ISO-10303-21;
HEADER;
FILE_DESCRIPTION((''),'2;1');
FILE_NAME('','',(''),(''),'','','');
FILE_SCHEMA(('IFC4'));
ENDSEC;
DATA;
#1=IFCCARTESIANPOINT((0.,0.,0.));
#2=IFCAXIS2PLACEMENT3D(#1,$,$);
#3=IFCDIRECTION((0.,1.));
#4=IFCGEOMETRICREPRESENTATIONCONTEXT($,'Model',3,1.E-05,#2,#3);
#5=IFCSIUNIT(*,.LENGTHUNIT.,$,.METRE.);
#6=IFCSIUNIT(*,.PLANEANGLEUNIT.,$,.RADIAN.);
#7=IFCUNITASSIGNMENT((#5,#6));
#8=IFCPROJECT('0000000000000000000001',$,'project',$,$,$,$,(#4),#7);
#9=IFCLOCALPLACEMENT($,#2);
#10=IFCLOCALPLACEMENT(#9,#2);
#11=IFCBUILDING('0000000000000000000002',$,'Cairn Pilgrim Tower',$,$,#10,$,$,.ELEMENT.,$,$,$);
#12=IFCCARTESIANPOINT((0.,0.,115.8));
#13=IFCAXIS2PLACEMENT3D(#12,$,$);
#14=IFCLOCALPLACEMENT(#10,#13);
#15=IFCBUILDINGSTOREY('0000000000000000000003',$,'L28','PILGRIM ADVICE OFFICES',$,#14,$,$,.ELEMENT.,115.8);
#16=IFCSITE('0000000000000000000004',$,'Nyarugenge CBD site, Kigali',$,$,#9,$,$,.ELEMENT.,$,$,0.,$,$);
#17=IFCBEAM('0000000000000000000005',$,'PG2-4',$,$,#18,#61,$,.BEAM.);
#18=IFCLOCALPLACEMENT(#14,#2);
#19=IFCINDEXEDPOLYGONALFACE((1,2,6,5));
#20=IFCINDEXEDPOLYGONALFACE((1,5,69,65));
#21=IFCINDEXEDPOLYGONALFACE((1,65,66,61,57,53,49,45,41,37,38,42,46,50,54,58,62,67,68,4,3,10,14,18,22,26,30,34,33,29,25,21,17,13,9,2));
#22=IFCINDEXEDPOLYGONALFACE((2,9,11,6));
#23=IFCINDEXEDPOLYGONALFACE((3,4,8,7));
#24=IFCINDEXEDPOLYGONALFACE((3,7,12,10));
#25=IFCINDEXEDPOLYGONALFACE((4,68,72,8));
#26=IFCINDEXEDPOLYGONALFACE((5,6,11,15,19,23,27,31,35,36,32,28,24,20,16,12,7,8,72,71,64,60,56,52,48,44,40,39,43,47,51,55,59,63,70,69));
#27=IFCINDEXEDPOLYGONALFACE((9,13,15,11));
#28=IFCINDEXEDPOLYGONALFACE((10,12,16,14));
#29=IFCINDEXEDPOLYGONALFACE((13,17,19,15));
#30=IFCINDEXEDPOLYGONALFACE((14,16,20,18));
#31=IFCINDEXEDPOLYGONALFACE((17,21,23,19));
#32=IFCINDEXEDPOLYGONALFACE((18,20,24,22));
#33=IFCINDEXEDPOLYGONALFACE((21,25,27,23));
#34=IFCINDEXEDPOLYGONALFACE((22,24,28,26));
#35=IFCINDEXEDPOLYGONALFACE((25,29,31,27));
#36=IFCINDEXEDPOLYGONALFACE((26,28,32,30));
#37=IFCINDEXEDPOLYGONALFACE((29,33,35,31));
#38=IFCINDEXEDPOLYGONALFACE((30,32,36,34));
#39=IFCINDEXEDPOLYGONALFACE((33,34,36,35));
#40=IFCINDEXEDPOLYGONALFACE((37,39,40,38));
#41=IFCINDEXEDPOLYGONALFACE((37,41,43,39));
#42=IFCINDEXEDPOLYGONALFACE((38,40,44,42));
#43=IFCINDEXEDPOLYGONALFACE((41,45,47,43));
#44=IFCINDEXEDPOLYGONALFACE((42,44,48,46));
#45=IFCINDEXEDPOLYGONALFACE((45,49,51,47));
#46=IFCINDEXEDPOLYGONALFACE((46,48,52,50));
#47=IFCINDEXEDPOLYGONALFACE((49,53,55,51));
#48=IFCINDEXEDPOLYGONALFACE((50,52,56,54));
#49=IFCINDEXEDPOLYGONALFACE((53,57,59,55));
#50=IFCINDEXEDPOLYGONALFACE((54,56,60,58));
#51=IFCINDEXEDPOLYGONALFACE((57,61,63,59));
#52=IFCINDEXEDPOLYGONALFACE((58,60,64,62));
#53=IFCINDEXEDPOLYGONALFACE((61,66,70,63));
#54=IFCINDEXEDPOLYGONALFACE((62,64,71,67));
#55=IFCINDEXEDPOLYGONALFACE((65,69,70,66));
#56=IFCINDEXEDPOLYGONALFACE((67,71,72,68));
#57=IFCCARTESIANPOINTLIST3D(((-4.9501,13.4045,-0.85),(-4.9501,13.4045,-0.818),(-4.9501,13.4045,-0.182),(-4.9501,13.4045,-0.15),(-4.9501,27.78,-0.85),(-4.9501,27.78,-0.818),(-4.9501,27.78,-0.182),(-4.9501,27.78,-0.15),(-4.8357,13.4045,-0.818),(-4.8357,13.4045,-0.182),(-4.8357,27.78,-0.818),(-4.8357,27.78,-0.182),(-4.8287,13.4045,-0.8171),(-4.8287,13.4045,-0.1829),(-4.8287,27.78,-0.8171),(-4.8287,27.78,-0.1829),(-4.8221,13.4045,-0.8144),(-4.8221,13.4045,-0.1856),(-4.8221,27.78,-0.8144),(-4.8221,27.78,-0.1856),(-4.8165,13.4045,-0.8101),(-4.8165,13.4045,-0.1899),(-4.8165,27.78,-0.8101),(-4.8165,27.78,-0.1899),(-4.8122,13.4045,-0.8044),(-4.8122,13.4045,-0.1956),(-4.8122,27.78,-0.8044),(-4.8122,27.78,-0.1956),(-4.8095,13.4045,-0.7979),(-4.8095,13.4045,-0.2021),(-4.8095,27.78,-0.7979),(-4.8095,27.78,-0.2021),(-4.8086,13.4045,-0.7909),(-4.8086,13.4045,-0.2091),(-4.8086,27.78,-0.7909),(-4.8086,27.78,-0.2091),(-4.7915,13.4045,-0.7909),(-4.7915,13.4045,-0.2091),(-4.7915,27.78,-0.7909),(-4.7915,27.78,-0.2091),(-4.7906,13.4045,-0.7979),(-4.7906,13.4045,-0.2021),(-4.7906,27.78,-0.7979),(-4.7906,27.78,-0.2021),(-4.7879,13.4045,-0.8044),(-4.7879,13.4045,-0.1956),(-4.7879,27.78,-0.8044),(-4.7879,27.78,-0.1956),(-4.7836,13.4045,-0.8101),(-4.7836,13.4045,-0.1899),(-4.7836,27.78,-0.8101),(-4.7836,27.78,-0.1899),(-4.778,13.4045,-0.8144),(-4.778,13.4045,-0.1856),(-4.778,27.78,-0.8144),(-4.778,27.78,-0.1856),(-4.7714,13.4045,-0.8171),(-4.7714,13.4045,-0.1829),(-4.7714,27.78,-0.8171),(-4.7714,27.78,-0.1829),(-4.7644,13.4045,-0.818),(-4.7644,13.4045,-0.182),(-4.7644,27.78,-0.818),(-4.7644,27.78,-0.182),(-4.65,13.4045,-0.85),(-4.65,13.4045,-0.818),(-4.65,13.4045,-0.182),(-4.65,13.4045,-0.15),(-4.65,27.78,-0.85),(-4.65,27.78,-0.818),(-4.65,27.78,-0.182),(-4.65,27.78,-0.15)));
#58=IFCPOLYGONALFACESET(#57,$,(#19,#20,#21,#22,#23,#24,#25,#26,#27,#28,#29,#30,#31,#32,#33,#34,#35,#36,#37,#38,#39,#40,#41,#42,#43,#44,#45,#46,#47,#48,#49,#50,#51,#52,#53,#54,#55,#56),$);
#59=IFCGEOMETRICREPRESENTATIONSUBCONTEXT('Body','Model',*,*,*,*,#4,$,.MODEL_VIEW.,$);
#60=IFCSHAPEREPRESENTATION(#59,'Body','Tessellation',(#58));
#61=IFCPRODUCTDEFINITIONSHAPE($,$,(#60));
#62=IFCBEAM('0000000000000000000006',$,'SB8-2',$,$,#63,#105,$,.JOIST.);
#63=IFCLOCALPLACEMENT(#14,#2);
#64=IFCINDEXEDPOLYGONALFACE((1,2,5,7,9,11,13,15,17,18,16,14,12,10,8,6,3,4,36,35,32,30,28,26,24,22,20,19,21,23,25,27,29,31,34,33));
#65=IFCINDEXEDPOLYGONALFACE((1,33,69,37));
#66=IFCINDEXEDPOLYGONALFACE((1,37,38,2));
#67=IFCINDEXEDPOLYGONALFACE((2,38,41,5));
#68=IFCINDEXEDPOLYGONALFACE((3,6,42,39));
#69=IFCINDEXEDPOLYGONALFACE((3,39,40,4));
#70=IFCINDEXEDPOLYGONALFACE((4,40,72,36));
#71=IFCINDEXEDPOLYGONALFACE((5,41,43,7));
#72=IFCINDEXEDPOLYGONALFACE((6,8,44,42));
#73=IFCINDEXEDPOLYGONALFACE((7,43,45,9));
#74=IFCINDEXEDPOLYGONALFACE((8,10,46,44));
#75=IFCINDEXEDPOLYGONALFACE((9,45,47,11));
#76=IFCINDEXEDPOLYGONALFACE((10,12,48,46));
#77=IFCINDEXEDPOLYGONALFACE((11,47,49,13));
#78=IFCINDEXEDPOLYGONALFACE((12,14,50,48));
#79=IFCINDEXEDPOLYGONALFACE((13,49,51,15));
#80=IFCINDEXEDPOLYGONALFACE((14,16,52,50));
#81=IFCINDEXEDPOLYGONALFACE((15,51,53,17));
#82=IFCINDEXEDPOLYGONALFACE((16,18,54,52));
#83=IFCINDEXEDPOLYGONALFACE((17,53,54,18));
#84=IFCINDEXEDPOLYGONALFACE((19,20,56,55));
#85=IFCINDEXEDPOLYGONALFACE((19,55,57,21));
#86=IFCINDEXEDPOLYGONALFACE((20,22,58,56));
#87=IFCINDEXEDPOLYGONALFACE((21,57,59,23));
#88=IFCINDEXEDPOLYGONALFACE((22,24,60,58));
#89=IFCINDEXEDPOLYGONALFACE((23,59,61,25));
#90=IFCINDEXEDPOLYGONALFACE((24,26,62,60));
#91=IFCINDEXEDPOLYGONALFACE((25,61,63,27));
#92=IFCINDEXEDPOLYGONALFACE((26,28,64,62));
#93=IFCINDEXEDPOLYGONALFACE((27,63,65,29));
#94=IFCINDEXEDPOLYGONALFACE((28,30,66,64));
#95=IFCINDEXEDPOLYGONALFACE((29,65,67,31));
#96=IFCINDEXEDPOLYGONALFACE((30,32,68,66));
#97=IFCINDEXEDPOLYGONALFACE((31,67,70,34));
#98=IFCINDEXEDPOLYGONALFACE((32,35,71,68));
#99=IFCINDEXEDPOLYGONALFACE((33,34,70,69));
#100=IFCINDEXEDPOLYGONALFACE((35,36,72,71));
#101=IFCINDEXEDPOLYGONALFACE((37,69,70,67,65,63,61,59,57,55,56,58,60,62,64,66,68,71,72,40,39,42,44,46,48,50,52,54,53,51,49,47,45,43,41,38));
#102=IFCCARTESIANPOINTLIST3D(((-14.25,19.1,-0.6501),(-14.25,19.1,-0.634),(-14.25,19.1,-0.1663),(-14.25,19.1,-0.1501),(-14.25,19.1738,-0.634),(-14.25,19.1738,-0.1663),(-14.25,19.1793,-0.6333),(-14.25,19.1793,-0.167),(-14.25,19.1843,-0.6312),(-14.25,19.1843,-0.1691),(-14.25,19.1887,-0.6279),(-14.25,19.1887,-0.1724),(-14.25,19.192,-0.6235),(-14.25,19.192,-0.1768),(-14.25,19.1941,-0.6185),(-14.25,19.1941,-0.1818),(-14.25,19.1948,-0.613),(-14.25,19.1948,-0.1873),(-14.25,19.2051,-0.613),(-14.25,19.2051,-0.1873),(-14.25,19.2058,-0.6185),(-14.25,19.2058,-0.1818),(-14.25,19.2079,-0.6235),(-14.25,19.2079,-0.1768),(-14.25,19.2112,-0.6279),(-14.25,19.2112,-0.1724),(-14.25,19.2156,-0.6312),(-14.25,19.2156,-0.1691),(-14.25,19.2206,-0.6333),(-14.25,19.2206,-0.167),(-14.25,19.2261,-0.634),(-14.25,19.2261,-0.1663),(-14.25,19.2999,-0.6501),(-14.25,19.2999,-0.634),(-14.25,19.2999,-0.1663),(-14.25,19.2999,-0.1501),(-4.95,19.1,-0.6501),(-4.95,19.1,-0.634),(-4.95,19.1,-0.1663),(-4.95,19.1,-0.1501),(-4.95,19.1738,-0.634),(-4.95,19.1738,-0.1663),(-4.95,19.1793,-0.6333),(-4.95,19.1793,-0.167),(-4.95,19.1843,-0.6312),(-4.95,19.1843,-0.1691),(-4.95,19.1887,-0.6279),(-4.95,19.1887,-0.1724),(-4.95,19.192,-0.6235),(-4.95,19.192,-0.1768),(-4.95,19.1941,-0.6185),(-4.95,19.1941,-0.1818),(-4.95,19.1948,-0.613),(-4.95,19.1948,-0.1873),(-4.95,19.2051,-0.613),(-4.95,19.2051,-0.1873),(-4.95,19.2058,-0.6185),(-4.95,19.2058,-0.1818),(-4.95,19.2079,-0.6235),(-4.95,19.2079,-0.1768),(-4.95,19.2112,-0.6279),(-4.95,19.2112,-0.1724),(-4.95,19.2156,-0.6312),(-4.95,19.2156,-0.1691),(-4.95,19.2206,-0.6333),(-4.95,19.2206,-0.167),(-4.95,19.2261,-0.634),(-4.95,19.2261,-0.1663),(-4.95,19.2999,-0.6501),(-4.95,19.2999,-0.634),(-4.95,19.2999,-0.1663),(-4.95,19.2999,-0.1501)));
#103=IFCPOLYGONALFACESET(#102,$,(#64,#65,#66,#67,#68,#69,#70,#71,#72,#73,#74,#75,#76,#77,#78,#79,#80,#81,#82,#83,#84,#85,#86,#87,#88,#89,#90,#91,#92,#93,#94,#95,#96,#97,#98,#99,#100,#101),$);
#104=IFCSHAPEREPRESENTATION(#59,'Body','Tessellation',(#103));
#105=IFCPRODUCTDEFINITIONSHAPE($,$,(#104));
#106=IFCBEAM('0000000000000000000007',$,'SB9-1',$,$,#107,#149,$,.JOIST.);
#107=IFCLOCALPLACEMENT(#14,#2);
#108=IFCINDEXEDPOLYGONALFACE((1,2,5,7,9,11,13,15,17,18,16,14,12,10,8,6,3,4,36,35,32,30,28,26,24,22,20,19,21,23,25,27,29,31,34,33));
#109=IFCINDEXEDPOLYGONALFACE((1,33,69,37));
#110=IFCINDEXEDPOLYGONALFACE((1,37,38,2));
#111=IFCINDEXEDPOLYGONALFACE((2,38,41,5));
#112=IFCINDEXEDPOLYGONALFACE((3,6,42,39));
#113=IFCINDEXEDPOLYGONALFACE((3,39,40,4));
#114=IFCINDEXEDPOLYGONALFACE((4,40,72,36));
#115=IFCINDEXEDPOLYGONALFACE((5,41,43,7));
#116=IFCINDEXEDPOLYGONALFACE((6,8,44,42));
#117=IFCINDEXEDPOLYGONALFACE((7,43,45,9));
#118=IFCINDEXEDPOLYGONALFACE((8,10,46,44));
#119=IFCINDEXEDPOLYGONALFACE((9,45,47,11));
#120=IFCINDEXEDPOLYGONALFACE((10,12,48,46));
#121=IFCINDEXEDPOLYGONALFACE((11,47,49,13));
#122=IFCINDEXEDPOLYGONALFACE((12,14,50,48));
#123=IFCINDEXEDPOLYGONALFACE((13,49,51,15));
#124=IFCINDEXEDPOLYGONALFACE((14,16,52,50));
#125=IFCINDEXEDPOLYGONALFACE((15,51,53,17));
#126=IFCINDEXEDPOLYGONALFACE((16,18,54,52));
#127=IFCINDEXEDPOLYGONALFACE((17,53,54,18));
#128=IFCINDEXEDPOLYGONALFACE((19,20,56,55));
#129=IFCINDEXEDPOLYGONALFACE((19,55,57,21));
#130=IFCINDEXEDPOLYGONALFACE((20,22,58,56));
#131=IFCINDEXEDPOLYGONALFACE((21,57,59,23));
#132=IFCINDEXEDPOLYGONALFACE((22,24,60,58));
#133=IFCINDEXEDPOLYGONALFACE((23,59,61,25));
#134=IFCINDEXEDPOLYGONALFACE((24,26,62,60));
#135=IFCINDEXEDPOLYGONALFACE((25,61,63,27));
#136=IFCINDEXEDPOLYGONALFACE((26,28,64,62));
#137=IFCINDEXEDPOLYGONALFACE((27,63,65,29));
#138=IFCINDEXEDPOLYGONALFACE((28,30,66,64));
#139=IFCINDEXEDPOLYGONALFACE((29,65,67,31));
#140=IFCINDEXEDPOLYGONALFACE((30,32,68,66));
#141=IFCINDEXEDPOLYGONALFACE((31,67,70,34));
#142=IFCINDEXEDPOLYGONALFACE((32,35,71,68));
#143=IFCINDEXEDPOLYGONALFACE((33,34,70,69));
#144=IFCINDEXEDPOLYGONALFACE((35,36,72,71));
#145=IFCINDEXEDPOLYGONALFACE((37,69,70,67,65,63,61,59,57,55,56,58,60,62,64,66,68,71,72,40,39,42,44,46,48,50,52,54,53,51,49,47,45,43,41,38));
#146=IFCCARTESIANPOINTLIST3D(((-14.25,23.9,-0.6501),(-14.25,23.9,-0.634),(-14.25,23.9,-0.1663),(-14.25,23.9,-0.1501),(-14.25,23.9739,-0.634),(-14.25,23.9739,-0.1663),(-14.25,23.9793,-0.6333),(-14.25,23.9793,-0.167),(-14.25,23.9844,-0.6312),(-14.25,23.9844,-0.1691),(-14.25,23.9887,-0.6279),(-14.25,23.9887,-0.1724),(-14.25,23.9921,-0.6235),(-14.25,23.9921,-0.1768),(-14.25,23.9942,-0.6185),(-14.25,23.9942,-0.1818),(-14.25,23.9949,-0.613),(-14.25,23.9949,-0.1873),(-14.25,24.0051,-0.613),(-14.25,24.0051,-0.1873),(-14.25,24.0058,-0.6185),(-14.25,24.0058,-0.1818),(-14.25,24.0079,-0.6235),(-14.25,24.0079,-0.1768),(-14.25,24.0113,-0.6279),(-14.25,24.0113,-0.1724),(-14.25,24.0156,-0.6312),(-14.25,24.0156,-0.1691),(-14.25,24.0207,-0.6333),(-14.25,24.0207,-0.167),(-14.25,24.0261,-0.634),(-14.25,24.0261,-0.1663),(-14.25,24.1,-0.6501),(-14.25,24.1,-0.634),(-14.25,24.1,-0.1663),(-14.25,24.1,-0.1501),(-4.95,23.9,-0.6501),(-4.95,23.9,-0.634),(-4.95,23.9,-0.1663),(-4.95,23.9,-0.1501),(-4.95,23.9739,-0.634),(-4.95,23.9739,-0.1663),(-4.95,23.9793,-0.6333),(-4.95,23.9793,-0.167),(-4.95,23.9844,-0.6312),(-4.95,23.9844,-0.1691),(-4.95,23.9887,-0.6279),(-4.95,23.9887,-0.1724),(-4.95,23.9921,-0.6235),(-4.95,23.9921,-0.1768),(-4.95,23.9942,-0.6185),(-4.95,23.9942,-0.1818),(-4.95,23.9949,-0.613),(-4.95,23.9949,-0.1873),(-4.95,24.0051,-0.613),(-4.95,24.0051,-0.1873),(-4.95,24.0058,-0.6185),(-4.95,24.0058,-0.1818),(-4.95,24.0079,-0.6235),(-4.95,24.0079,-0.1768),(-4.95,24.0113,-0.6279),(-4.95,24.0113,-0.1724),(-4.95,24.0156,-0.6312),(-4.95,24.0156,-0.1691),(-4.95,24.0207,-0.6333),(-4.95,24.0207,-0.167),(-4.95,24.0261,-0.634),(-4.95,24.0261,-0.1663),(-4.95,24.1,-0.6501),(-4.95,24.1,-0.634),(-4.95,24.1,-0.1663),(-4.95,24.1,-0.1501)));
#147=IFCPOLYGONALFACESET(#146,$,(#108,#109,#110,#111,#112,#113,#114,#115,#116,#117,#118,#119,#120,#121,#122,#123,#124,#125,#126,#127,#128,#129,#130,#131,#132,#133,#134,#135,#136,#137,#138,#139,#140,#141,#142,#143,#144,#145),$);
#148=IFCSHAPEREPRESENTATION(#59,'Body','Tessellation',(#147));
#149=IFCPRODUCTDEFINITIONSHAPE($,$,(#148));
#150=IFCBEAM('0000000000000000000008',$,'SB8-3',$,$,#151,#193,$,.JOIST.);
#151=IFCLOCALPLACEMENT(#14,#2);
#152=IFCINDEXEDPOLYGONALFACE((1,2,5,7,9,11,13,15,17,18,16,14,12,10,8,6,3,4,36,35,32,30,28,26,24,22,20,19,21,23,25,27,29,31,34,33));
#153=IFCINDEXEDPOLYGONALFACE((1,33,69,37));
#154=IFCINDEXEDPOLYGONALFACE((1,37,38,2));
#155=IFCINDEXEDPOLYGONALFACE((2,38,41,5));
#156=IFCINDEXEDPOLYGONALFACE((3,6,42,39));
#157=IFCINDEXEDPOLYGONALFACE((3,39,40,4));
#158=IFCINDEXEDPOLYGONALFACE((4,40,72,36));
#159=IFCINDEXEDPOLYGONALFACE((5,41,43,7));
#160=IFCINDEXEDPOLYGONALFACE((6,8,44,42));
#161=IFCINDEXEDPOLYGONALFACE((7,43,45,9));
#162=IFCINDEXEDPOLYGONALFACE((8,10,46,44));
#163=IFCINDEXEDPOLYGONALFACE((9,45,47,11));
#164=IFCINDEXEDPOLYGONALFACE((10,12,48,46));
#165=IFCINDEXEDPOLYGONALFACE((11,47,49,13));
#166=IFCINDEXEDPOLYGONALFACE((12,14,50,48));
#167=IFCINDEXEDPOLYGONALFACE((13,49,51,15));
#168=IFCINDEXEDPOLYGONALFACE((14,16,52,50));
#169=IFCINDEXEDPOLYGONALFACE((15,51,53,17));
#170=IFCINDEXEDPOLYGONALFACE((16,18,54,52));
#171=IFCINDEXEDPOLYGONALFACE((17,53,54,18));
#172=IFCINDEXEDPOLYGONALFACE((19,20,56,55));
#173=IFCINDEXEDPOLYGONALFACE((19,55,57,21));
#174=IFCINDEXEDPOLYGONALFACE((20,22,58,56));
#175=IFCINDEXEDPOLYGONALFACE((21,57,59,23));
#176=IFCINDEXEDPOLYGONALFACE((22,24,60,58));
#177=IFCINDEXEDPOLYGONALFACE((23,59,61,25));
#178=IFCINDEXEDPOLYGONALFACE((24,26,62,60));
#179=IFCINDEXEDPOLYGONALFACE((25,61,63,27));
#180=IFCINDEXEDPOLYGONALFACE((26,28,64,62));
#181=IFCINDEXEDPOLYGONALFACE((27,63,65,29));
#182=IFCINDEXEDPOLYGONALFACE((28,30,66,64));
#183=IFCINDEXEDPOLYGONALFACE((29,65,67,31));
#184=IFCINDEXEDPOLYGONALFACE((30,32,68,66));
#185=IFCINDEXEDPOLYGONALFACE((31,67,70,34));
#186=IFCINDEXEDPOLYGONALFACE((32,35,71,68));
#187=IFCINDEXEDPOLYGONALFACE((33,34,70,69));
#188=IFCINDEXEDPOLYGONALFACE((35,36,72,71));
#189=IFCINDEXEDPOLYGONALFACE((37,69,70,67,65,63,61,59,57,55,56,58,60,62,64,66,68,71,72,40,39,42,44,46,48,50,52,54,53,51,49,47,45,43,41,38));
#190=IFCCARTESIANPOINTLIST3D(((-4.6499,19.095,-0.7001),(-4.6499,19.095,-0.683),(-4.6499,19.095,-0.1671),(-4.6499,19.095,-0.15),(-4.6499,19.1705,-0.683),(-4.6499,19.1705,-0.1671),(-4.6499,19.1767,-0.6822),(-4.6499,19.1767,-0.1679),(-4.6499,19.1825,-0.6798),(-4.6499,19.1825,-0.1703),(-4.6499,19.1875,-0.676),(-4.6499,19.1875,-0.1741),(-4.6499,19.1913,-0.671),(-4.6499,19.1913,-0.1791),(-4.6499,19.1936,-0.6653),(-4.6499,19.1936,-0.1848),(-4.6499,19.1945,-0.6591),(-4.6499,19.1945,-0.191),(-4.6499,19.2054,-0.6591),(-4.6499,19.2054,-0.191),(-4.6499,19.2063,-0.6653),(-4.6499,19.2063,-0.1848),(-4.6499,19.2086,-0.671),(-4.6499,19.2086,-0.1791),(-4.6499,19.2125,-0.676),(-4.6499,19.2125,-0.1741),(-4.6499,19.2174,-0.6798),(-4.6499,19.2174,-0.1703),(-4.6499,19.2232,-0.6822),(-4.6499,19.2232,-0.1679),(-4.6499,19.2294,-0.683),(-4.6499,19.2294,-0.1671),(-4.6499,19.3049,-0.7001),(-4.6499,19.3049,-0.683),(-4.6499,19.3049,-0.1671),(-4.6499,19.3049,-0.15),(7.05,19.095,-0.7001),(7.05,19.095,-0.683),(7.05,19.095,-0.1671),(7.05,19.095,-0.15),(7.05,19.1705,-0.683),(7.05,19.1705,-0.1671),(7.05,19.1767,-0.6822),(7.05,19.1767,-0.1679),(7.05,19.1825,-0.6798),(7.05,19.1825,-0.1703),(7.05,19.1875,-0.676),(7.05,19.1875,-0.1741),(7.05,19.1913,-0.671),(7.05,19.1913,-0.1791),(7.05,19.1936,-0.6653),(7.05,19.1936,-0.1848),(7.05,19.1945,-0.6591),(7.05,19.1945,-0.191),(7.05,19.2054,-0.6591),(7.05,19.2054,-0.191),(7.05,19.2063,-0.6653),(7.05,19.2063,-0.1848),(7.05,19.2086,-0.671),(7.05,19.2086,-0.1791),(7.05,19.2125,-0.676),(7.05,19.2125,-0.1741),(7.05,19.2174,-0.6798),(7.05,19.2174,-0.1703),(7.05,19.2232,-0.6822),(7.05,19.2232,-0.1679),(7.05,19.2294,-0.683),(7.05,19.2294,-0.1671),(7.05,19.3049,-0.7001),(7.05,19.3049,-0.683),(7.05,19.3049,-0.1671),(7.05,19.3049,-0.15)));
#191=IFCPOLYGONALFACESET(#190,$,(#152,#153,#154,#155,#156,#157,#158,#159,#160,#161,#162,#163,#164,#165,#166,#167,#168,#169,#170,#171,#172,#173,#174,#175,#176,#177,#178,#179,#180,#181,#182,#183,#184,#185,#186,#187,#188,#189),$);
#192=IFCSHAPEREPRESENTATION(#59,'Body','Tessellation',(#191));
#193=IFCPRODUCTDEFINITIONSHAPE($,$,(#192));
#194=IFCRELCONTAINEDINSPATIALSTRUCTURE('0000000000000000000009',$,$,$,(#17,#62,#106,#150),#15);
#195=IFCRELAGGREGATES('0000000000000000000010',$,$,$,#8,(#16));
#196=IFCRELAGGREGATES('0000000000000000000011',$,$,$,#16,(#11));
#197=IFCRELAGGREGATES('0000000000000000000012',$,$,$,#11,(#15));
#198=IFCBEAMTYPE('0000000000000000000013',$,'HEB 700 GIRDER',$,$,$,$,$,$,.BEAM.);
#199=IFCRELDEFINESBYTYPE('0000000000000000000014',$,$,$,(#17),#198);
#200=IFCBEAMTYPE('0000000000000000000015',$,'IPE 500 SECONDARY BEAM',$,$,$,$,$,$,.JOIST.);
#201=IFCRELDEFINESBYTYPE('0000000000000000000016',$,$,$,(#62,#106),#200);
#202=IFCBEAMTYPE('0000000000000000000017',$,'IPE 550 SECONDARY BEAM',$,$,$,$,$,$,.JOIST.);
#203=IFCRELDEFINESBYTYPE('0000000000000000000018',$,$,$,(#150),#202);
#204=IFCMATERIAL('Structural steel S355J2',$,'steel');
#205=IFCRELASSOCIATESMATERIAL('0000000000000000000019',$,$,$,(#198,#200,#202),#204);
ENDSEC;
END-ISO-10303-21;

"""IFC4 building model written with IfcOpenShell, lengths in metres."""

from ifc_helpers import new_model, si_unit, direction, frame, origin, origin_2d, place, context, subcontext, project, spatial, i_section, extrude, material, material_profile, profile_set, type_object, element, save


model = new_model("IFC4")

# Units and contexts
model_context = context("Model", 3, precision=1e-05, world=origin(), true_north=direction((0.0, 1.0)))
body_context = subcontext(model_context, "Body", "Model", "MODEL_VIEW")
ifc_project = project(units=[si_unit("LENGTHUNIT", "METRE"), si_unit("PLANEANGLEUNIT", "RADIAN")], contexts=[model_context])

# Site, building, storey
site_placement = place(None, origin())
site = spatial("IfcSite", under=ifc_project, at=site_placement, Name="Nyarugenge CBD site, Kigali", CompositionType="ELEMENT", RefElevation=0.0)
building_placement = place(site_placement, origin())
building = spatial("IfcBuilding", under=site, at=building_placement, Name="Cairn Pilgrim Tower", CompositionType="ELEMENT")
storey_placement = place(building_placement, frame((0.0, 0.0, 115.8)))
storey = spatial("IfcBuildingStorey", under=building, at=storey_placement, Name="L28", Description="PILGRIM ADVICE OFFICES", CompositionType="ELEMENT", Elevation=115.8)

# Shared definitions
ifc_material_1 = material(Name="Structural steel S355J2", Category="steel")

# Beams
ifc_material_profile_1 = material_profile(ifc_material_1, i_section(OverallWidth=0.3, OverallDepth=0.7, WebThickness=0.0171, FlangeThickness=0.032, FilletRadius=0.0271, at=origin_2d()), Name="HEB 700")
ifc_profile_set_1 = profile_set([ifc_material_profile_1], Name="Structural steel S355J2")
beam_type_1 = type_object("IfcBeamType", Name="HEB 700 GIRDER", PredefinedType="BEAM", material=ifc_profile_set_1)
beam_1_placement = place(storey_placement, frame((-4.8, 13.4045, -0.5), z_axis=(0.0, 1.0, 0.0), x_axis=(-1.0, 0.0, 0.0)))
element("IfcBeam", 1, at=beam_1_placement, inside=storey, type_object=beam_type_1, Name="PG2-4", PredefinedType="BEAM", context=body_context, shape_type="SweptSolid", body=[
    extrude(i_section(OverallWidth=0.3, OverallDepth=0.7, WebThickness=0.0171, FlangeThickness=0.032, FilletRadius=0.0271, at=origin_2d()), origin(), (0.0, 0.0, 1.0), 14.3755),
])
ifc_material_profile_2 = material_profile(ifc_material_1, i_section(OverallWidth=0.2, OverallDepth=0.5, WebThickness=0.0103, FlangeThickness=0.0161, FilletRadius=0.021, at=origin_2d()), Name="IPE 500")
ifc_profile_set_2 = profile_set([ifc_material_profile_2], Name="Structural steel S355J2")
beam_type_2 = type_object("IfcBeamType", Name="IPE 500 SECONDARY BEAM", PredefinedType="JOIST", material=ifc_profile_set_2)
for number, where, z_axis, x_axis, name in (
    (2, (-14.25, 19.2, -0.4001), (1.0, 0.0, 0.0), (0.0, 1.0, 0.0), "SB8-2"),
    (3, (-14.25, 24.0, -0.4001), (1.0, 0.0, 0.0), (0.0, 1.0, 0.0), "SB9-1"),
):
    element("IfcBeam", number, at=place(storey_placement, frame(where, z_axis=z_axis, x_axis=x_axis)), inside=storey, type_object=beam_type_2, Name=name, PredefinedType="JOIST", context=body_context, shape_type="SweptSolid", body=[
        extrude(i_section(OverallWidth=0.2, OverallDepth=0.5, WebThickness=0.0103, FlangeThickness=0.0161, FilletRadius=0.021, at=origin_2d()), origin(), (0.0, 0.0, 1.0), 9.3),
    ])
ifc_material_profile_3 = material_profile(ifc_material_1, i_section(OverallWidth=0.21, OverallDepth=0.55, WebThickness=0.011, FlangeThickness=0.0171, FilletRadius=0.0239, at=origin_2d()), Name="IPE 550")
ifc_profile_set_3 = profile_set([ifc_material_profile_3], Name="Structural steel S355J2")
beam_type_3 = type_object("IfcBeamType", Name="IPE 550 SECONDARY BEAM", PredefinedType="JOIST", material=ifc_profile_set_3)
for number, where, z_axis, x_axis, name in (
    (4, (-4.6499, 19.2, -0.425), (1.0, 0.0, 0.0), (0.0, 1.0, 0.0), "SB8-3"),
):
    element("IfcBeam", number, at=place(storey_placement, frame(where, z_axis=z_axis, x_axis=x_axis)), inside=storey, type_object=beam_type_3, Name=name, PredefinedType="JOIST", context=body_context, shape_type="SweptSolid", body=[
        extrude(i_section(OverallWidth=0.21, OverallDepth=0.55, WebThickness=0.011, FlangeThickness=0.0171, FilletRadius=0.0239, at=origin_2d()), origin(), (0.0, 0.0, 1.0), 11.7),
    ])

save(model, "model.ifc")
